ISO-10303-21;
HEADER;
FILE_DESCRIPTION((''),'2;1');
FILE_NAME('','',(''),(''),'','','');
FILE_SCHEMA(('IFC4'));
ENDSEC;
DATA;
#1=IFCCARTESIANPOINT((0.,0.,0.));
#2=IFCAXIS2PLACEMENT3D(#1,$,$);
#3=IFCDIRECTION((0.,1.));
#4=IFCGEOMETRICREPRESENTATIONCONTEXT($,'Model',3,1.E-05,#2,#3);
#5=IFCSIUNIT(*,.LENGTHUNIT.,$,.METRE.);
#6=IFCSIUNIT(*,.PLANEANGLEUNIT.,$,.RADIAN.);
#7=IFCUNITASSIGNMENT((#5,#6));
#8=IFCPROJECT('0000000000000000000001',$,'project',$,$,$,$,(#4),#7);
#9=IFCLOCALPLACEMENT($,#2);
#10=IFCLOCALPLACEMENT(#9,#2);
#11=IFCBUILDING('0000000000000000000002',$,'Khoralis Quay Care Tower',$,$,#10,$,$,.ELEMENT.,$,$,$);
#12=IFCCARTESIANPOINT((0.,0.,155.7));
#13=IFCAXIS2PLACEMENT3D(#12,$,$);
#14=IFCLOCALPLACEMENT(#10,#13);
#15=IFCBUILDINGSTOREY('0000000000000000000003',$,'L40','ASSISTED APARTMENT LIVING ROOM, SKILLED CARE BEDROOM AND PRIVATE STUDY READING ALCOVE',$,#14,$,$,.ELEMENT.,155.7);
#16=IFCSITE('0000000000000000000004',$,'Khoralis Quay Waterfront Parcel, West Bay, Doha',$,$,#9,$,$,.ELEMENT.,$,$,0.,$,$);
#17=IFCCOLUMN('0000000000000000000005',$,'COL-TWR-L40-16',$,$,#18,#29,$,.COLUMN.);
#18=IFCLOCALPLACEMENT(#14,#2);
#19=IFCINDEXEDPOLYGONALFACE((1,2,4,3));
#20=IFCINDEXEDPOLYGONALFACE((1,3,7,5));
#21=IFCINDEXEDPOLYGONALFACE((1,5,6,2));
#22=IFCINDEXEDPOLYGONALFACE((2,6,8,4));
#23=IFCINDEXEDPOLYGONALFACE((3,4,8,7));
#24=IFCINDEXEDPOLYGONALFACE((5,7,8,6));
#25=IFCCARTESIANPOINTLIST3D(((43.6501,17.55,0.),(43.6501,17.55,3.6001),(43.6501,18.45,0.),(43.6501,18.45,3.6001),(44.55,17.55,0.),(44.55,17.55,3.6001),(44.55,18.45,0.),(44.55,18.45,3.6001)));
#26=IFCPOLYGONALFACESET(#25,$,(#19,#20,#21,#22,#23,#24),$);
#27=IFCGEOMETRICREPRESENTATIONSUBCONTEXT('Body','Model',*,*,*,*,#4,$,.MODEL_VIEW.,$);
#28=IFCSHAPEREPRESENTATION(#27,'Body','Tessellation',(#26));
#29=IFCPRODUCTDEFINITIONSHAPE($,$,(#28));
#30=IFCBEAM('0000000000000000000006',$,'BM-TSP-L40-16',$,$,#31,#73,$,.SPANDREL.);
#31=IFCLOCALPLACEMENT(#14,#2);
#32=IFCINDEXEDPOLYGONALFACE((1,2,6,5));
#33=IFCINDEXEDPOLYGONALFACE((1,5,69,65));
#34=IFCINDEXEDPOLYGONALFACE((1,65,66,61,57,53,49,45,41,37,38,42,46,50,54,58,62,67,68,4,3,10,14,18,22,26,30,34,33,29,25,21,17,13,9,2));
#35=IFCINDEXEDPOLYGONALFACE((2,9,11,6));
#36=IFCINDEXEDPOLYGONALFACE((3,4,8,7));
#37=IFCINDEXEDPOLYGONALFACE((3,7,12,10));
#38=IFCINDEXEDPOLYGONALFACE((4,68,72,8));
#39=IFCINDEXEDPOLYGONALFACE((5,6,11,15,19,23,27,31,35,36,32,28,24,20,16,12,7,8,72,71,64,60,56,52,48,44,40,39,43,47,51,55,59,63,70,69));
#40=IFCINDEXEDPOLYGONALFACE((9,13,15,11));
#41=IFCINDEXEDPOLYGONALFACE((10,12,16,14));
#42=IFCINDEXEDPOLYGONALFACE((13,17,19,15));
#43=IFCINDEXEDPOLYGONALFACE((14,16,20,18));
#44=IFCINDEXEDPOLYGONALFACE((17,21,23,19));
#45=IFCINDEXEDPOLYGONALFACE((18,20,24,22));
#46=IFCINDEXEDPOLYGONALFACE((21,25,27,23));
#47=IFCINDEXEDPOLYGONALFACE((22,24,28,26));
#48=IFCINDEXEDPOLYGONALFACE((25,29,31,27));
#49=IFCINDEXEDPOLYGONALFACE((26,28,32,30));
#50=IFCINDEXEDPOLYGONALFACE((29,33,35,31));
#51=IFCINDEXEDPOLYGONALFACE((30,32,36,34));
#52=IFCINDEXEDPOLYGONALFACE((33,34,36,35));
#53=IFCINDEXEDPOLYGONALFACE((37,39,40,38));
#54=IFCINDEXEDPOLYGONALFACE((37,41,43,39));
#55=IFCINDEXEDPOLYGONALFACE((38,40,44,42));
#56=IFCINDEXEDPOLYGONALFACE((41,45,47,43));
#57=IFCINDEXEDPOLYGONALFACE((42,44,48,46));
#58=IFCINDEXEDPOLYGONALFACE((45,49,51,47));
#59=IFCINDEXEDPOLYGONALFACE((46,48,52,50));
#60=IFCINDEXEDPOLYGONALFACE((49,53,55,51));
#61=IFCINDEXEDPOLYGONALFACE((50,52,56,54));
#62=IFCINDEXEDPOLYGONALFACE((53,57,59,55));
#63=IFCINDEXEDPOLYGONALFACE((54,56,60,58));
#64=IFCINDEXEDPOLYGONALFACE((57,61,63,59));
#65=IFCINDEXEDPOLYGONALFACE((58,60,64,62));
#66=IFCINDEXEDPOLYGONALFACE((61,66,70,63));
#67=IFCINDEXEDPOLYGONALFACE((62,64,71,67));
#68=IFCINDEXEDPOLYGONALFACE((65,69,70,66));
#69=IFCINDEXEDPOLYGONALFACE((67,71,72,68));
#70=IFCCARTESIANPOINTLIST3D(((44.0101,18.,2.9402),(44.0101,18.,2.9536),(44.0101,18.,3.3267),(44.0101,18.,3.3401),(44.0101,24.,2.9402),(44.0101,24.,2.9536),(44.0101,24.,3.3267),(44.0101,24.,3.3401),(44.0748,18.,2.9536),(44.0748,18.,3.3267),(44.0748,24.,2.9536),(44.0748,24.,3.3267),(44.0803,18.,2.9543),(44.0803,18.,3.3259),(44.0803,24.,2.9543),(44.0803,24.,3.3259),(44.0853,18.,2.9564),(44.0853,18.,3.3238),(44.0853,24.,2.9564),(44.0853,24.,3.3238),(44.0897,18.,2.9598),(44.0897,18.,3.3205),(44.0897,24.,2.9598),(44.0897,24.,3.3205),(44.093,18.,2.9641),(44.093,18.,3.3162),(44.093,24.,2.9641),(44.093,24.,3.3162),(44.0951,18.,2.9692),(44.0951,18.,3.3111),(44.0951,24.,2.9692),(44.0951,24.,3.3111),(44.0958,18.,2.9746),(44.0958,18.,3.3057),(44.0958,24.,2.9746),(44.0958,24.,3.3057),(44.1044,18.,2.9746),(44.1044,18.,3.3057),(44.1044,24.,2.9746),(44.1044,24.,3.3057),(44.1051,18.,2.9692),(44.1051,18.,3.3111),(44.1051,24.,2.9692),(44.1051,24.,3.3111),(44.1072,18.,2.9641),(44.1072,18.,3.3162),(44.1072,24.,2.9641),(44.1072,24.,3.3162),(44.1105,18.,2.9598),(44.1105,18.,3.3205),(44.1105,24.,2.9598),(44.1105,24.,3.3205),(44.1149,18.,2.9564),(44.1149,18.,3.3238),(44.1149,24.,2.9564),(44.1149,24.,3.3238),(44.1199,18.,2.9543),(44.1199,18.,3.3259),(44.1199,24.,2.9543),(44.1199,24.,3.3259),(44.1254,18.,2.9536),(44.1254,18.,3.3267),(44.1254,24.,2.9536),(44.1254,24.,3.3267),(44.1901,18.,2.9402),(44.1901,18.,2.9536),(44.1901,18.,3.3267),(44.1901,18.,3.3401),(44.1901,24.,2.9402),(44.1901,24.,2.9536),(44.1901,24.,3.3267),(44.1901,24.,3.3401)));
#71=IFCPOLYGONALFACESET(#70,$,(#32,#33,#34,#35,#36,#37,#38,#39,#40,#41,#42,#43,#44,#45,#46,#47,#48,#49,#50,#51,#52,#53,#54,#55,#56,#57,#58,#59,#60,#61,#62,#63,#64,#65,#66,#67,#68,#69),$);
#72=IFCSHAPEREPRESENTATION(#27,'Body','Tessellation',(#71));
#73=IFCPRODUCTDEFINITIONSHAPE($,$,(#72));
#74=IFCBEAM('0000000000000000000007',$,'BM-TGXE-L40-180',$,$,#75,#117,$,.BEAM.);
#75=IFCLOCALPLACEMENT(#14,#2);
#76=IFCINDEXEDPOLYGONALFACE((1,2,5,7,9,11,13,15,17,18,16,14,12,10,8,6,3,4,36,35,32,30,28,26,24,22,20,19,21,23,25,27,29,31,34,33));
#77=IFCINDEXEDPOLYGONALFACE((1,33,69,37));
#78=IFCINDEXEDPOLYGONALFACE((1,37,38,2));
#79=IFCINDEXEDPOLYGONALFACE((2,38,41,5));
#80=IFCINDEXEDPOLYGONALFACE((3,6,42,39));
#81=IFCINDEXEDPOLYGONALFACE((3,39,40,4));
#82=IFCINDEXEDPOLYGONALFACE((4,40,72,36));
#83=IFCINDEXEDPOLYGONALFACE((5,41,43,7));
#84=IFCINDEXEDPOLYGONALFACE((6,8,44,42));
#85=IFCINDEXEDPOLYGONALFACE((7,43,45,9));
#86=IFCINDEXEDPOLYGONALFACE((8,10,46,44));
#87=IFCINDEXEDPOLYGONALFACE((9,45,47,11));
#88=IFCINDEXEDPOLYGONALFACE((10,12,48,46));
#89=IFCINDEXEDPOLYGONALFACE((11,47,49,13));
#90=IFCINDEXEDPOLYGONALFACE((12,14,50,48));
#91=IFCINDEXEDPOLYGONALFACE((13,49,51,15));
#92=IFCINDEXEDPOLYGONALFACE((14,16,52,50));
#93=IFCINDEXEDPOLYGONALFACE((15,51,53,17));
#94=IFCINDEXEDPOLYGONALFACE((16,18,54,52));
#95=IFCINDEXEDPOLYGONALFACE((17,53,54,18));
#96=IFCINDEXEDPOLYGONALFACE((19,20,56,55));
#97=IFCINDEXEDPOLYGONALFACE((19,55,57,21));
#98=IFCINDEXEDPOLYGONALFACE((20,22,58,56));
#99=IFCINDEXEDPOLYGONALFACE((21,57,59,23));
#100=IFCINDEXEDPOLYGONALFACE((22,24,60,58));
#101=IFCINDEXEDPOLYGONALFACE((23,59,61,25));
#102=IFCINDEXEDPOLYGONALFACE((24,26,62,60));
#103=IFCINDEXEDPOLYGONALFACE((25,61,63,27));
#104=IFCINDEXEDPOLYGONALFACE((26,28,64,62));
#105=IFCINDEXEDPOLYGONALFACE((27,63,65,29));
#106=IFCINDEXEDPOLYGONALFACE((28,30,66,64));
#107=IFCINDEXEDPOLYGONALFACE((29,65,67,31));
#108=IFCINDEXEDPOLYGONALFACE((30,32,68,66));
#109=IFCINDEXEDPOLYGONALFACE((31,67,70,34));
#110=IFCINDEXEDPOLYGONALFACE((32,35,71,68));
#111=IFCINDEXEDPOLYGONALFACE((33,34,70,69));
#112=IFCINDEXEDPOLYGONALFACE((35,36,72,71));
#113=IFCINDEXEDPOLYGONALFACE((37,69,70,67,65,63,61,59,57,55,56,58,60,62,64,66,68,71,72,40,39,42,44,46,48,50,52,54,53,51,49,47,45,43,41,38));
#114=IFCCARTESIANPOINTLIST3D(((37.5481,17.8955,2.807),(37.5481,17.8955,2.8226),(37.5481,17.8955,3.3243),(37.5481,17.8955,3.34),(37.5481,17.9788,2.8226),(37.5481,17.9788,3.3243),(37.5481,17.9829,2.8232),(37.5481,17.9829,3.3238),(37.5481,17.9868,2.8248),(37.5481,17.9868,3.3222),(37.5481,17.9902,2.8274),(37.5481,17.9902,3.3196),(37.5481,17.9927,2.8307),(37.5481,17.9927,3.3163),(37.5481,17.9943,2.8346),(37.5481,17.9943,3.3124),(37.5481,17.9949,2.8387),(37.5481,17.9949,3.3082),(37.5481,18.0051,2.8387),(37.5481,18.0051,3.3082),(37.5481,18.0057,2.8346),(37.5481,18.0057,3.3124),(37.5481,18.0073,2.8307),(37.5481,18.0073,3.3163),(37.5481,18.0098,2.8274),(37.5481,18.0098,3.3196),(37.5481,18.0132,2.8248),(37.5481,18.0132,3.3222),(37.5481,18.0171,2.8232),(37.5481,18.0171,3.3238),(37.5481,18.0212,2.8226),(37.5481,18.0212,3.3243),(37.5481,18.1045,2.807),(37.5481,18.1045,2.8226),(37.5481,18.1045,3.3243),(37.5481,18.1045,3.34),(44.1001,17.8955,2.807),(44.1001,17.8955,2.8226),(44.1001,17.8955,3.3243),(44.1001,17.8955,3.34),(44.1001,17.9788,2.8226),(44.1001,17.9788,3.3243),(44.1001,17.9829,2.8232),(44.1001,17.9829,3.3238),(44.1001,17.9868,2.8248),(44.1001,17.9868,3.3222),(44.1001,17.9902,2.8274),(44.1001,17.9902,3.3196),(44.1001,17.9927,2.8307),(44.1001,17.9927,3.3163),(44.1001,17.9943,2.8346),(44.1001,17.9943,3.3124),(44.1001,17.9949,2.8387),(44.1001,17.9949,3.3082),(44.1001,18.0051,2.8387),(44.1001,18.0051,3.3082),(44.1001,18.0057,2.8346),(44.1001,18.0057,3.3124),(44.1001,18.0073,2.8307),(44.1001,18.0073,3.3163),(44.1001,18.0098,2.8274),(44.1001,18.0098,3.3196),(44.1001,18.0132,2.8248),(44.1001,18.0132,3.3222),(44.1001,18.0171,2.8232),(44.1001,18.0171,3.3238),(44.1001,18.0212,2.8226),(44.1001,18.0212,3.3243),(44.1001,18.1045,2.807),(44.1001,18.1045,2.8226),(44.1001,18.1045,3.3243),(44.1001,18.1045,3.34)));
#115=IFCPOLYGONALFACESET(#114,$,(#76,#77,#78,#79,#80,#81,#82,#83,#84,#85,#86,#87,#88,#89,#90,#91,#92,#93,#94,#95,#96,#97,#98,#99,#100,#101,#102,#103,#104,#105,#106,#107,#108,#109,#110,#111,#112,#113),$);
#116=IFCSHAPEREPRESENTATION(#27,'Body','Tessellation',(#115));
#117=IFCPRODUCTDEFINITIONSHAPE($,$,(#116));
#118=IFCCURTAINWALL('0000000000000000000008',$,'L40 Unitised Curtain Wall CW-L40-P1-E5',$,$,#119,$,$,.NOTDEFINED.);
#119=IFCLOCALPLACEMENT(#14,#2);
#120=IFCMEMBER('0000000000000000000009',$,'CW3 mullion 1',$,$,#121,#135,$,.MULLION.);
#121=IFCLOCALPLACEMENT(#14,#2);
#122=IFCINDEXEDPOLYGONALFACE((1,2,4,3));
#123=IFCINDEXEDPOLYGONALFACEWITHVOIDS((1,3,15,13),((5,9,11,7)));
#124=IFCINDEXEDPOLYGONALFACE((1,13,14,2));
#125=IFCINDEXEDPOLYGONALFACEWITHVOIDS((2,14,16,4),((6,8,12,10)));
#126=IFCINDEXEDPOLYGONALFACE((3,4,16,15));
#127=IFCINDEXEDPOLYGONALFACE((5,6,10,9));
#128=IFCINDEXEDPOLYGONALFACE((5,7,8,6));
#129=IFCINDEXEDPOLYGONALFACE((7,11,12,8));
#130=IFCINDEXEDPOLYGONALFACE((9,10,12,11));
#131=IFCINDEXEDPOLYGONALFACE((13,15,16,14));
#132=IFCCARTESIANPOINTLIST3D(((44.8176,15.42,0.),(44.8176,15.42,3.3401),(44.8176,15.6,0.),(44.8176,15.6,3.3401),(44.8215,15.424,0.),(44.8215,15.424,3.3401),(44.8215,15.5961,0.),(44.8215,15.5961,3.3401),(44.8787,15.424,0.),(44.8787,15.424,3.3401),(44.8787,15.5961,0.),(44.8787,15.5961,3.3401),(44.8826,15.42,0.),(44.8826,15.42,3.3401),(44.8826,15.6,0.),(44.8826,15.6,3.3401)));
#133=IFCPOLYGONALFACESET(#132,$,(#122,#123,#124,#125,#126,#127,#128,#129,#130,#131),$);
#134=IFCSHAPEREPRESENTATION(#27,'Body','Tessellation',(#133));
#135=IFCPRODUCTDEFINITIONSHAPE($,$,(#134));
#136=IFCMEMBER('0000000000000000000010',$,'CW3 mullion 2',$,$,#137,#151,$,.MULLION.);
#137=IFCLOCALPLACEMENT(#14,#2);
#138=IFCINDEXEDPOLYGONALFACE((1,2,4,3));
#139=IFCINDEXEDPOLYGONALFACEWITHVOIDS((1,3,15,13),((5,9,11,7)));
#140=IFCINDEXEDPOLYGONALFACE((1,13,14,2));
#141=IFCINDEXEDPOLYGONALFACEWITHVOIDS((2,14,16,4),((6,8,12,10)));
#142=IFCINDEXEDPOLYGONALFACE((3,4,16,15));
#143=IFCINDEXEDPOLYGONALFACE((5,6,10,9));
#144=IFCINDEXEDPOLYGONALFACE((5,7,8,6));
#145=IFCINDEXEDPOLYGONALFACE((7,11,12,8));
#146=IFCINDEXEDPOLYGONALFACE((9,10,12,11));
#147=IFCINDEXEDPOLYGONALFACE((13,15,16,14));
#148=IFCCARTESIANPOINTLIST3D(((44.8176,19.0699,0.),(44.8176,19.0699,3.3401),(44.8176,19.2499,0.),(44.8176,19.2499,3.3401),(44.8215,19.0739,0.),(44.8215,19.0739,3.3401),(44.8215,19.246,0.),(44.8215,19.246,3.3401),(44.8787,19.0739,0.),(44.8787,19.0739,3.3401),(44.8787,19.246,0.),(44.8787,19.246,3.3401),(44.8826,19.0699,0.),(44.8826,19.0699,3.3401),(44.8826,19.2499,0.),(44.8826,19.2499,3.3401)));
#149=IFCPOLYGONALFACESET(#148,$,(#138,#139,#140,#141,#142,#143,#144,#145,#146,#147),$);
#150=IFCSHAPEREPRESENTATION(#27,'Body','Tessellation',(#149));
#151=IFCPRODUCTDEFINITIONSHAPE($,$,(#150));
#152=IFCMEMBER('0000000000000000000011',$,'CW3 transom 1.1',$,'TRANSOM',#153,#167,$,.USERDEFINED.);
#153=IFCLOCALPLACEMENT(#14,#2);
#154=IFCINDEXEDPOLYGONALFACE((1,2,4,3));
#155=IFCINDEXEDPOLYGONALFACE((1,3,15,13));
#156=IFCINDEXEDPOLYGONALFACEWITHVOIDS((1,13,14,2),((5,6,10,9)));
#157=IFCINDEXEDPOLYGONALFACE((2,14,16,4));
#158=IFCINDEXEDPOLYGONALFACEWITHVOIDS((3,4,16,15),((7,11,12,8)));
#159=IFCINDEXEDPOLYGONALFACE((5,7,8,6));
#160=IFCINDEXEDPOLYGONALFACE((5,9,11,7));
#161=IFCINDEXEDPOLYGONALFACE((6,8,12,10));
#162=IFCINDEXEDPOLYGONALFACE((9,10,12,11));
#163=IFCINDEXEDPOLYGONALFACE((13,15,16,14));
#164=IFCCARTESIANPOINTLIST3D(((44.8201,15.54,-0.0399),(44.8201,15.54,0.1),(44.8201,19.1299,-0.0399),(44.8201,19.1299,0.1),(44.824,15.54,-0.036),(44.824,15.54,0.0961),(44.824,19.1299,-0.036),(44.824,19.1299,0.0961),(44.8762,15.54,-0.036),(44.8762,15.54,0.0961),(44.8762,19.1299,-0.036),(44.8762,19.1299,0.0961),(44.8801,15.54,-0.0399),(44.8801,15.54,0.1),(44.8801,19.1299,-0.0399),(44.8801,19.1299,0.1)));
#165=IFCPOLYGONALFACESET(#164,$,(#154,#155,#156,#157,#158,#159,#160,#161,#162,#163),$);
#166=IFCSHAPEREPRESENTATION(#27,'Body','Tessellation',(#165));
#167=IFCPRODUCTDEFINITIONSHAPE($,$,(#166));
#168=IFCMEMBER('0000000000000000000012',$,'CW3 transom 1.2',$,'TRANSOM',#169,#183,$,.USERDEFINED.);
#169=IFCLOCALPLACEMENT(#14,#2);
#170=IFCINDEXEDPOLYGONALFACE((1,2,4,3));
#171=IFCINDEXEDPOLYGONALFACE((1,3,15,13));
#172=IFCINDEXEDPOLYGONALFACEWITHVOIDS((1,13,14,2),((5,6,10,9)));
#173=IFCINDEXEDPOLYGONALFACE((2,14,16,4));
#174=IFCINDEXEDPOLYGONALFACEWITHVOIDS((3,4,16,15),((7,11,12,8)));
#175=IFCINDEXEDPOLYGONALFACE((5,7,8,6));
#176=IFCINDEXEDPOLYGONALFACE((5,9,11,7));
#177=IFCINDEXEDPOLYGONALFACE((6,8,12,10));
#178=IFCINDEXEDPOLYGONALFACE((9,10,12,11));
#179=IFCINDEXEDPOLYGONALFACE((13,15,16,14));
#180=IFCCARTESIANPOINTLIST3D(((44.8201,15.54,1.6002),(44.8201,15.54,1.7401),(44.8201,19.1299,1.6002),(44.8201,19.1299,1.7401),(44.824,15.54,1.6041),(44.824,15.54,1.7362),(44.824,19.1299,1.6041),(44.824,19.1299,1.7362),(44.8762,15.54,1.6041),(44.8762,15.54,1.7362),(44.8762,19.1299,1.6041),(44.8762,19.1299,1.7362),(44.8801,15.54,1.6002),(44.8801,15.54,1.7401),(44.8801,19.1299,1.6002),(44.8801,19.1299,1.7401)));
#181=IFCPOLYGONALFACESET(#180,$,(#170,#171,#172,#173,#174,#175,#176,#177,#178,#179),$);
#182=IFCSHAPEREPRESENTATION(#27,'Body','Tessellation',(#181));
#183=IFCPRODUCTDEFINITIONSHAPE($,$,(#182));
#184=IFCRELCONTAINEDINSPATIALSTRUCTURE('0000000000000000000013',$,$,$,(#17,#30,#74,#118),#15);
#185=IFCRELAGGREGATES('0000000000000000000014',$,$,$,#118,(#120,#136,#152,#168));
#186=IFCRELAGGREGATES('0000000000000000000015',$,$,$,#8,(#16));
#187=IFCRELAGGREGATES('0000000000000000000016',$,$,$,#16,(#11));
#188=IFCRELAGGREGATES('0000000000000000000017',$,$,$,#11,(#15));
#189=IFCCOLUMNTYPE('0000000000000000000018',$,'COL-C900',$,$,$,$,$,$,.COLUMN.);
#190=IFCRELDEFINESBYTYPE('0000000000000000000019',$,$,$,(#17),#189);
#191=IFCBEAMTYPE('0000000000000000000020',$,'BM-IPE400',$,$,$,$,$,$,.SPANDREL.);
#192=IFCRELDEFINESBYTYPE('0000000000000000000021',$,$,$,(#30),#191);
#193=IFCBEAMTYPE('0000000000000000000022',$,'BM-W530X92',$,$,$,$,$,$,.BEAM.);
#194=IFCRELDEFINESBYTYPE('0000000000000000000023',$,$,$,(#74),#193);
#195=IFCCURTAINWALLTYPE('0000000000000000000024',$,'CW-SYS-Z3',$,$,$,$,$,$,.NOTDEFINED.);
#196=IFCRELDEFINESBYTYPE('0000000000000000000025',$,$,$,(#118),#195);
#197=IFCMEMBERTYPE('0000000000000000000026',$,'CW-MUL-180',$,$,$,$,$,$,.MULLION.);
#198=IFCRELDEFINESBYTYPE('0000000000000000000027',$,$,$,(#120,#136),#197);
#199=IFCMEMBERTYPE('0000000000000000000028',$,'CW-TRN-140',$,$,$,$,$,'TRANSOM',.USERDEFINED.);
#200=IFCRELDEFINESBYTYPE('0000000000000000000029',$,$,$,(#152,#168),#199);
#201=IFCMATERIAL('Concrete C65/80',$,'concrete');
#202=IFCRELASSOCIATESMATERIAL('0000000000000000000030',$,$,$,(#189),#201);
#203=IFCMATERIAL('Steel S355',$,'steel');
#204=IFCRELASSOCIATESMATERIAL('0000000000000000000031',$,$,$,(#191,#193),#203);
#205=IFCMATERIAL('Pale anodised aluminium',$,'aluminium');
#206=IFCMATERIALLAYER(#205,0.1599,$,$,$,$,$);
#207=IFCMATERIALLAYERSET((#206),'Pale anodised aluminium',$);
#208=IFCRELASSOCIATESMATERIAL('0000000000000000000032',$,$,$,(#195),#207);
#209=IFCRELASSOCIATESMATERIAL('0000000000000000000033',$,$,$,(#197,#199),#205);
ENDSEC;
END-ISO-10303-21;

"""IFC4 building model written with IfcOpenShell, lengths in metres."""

from ifc_helpers import new_model, si_unit, direction, frame, origin, origin_2d, place, context, subcontext, project, spatial, rectangle, hollow_rectangle, i_section, extrude, source, transform, mapped, material, layer, layer_set, material_profile, profile_set, type_object, element, aggregate, save


model = new_model("IFC4")

# Units and contexts
model_context = context("Model", 3, precision=1e-05, world=origin(), true_north=direction((0.0, 1.0)))
body_context = subcontext(model_context, "Body", "Model", "MODEL_VIEW")
ifc_project = project(units=[si_unit("LENGTHUNIT", "METRE"), si_unit("PLANEANGLEUNIT", "RADIAN")], contexts=[model_context])

# Site, building, storey
site_placement = place(None, origin())
site = spatial("IfcSite", under=ifc_project, at=site_placement, Name="Khoralis Quay Waterfront Parcel, West Bay, Doha", CompositionType="ELEMENT", RefElevation=0.0)
building_placement = place(site_placement, origin())
building = spatial("IfcBuilding", under=site, at=building_placement, Name="Khoralis Quay Care Tower", CompositionType="ELEMENT")
storey_placement = place(building_placement, frame((0.0, 0.0, 155.7)))
storey = spatial("IfcBuildingStorey", under=building, at=storey_placement, Name="L40", Description="ASSISTED APARTMENT LIVING ROOM, SKILLED CARE BEDROOM AND PRIVATE STUDY READING ALCOVE", CompositionType="ELEMENT", Elevation=155.7)

# Column
ifc_material_1 = material(Name="Concrete C65/80", Category="concrete")
ifc_material_profile_1 = material_profile(ifc_material_1, rectangle(XDim=0.8999, YDim=0.8999, at=origin_2d()), Name="Concrete C65/80")
ifc_profile_set_1 = profile_set([ifc_material_profile_1], Name="Concrete C65/80")
column_type = type_object("IfcColumnType", Name="COL-C900", PredefinedType="COLUMN", material=ifc_profile_set_1)
shared_shape_1 = source(origin(), body_context, "Body", "SweptSolid", [
    extrude(rectangle(XDim=0.8999, YDim=0.8999, at=origin_2d()), origin(), (0.0, 0.0, 1.0), 3.6001),
])
column_placement = place(storey_placement, frame((44.1001, 18.0, 0.0), z_axis=(0.0, 0.0, 1.0), x_axis=(1.0, 0.0, 0.0)))
element("IfcColumn", 1, at=column_placement, inside=storey, type_object=column_type, Name="COL-TWR-L40-16", PredefinedType="COLUMN", context=body_context, shape_type="MappedRepresentation", body=[
    mapped(shared_shape_1, transform((0.0, 0.0, 0.0), scale=1.0)),
])

# Beams
ifc_material_2 = material(Name="Steel S355", Category="steel")
ifc_material_profile_2 = material_profile(ifc_material_2, i_section(OverallWidth=0.1799, OverallDepth=0.3999, WebThickness=0.0085, FlangeThickness=0.0134, FilletRadius=0.021, at=origin_2d()), Name="Steel S355")
ifc_profile_set_2 = profile_set([ifc_material_profile_2], Name="Steel S355")
beam_type_1 = type_object("IfcBeamType", Name="BM-IPE400", PredefinedType="SPANDREL", material=ifc_profile_set_2)
shared_shape_2 = source(origin(), body_context, "Body", "SweptSolid", [
    extrude(i_section(OverallWidth=0.1799, OverallDepth=0.3999, WebThickness=0.0085, FlangeThickness=0.0134, FilletRadius=0.021, at=origin_2d()), origin(), (0.0, 0.0, 1.0), 6.0),
])
beam_1_placement = place(storey_placement, frame((44.1001, 18.0, 3.1401), z_axis=(0.0, 1.0, 0.0), x_axis=(-1.0, 0.0, 0.0)))
element("IfcBeam", 2, at=beam_1_placement, inside=storey, type_object=beam_type_1, Name="BM-TSP-L40-16", PredefinedType="SPANDREL", context=body_context, shape_type="MappedRepresentation", body=[
    mapped(shared_shape_2, transform((0.0, 0.0, 0.0), scale=1.0)),
])
ifc_material_profile_3 = material_profile(ifc_material_2, i_section(OverallWidth=0.209, OverallDepth=0.533, WebThickness=0.0103, FlangeThickness=0.0156, FilletRadius=0.0161, at=origin_2d()), Name="Steel S355")
ifc_profile_set_3 = profile_set([ifc_material_profile_3], Name="Steel S355")
beam_type_2 = type_object("IfcBeamType", Name="BM-W530X92", PredefinedType="BEAM", material=ifc_profile_set_3)
shared_shape_3 = source(origin(), body_context, "Body", "SweptSolid", [
    extrude(i_section(OverallWidth=0.209, OverallDepth=0.533, WebThickness=0.0103, FlangeThickness=0.0156, FilletRadius=0.0161, at=origin_2d()), origin(), (0.0, 0.0, 1.0), 6.552),
])
beam_2_placement = place(storey_placement, frame((37.5481, 18.0, 3.0735), z_axis=(1.0, 0.0, 0.0), x_axis=(0.0, 1.0, 0.0)))
element("IfcBeam", 3, at=beam_2_placement, inside=storey, type_object=beam_type_2, Name="BM-TGXE-L40-180", PredefinedType="BEAM", context=body_context, shape_type="MappedRepresentation", body=[
    mapped(shared_shape_3, transform((0.0, 0.0, 0.0), scale=1.0)),
])

# Curtain wall, members
ifc_material_3 = material(Name="Pale anodised aluminium", Category="aluminium")
ifc_layer_1 = layer(ifc_material_3, 0.1599)
ifc_layer_set_1 = layer_set([ifc_layer_1], Name="Pale anodised aluminium")
curtain_wall_type = type_object("IfcCurtainWallType", Name="CW-SYS-Z3", PredefinedType="NOTDEFINED", material=ifc_layer_set_1)
curtain_wall_placement = place(storey_placement, origin())
curtain_wall = element("IfcCurtainWall", 4, at=curtain_wall_placement, inside=storey, type_object=curtain_wall_type, Name="L40 Unitised Curtain Wall CW-L40-P1-E5", PredefinedType="NOTDEFINED")
ifc_material_profile_4 = material_profile(ifc_material_3, hollow_rectangle(XDim=0.0649, YDim=0.1799, WallThickness=0.0039, at=origin_2d()), Name="Pale anodised aluminium")
ifc_profile_set_4 = profile_set([ifc_material_profile_4], Name="Pale anodised aluminium")
member_type_1 = type_object("IfcMemberType", Name="CW-MUL-180", PredefinedType="MULLION", material=ifc_profile_set_4)
shared_shape_4 = source(origin(), body_context, "Body", "SweptSolid", [
    extrude(hollow_rectangle(XDim=0.0649, YDim=0.1799, WallThickness=0.0039, at=origin_2d()), origin(), (0.0, 0.0, 1.0), 3.3401),
])
member_1_placement = place(storey_placement, frame((44.8501, 15.51, 0.0), z_axis=(0.0, 0.0, 1.0), x_axis=(-1.0, 0.0, 0.0)))
member_1 = element("IfcMember", 5, at=member_1_placement, type_object=member_type_1, Name="CW3 mullion 1", PredefinedType="MULLION", context=body_context, shape_type="MappedRepresentation", body=[
    mapped(shared_shape_4, transform((0.0, 0.0, 0.0), scale=1.0)),
])
member_2_placement = place(storey_placement, frame((44.8501, 19.1599, 0.0), z_axis=(0.0, 0.0, 1.0), x_axis=(-1.0, 0.0, 0.0)))
member_2 = element("IfcMember", 6, at=member_2_placement, type_object=member_type_1, Name="CW3 mullion 2", PredefinedType="MULLION", context=body_context, shape_type="MappedRepresentation", body=[
    mapped(shared_shape_4, transform((0.0, 0.0, 0.0), scale=1.0)),
])
ifc_material_profile_5 = material_profile(ifc_material_3, hollow_rectangle(XDim=0.0601, YDim=0.1399, WallThickness=0.0039, at=origin_2d()), Name="Pale anodised aluminium")
ifc_profile_set_5 = profile_set([ifc_material_profile_5], Name="Pale anodised aluminium")
member_type_2 = type_object("IfcMemberType", Name="CW-TRN-140", ElementType="TRANSOM", PredefinedType="USERDEFINED", material=ifc_profile_set_5)
shared_shape_5 = source(origin(), body_context, "Body", "SweptSolid", [
    extrude(hollow_rectangle(XDim=0.0601, YDim=0.1399, WallThickness=0.0039, at=origin_2d()), origin(), (0.0, 0.0, 1.0), 3.5898),
])
member_3_placement = place(storey_placement, frame((44.8501, 15.54, 0.03), z_axis=(0.0, 1.0, 0.0), x_axis=(-1.0, 0.0, 0.0)))
member_3 = element("IfcMember", 7, at=member_3_placement, type_object=member_type_2, Name="CW3 transom 1.1", ObjectType="TRANSOM", PredefinedType="USERDEFINED", context=body_context, shape_type="MappedRepresentation", body=[
    mapped(shared_shape_5, transform((0.0, 0.0, 0.0), scale=1.0)),
])
member_4_placement = place(storey_placement, frame((44.8501, 15.54, 1.6702), z_axis=(0.0, 1.0, 0.0), x_axis=(-1.0, 0.0, 0.0)))
member_4 = element("IfcMember", 8, at=member_4_placement, type_object=member_type_2, Name="CW3 transom 1.2", ObjectType="TRANSOM", PredefinedType="USERDEFINED", context=body_context, shape_type="MappedRepresentation", body=[
    mapped(shared_shape_5, transform((0.0, 0.0, 0.0), scale=1.0)),
])
aggregate(curtain_wall, [member_1, member_2, member_3, member_4])

save(model, "model.ifc")
